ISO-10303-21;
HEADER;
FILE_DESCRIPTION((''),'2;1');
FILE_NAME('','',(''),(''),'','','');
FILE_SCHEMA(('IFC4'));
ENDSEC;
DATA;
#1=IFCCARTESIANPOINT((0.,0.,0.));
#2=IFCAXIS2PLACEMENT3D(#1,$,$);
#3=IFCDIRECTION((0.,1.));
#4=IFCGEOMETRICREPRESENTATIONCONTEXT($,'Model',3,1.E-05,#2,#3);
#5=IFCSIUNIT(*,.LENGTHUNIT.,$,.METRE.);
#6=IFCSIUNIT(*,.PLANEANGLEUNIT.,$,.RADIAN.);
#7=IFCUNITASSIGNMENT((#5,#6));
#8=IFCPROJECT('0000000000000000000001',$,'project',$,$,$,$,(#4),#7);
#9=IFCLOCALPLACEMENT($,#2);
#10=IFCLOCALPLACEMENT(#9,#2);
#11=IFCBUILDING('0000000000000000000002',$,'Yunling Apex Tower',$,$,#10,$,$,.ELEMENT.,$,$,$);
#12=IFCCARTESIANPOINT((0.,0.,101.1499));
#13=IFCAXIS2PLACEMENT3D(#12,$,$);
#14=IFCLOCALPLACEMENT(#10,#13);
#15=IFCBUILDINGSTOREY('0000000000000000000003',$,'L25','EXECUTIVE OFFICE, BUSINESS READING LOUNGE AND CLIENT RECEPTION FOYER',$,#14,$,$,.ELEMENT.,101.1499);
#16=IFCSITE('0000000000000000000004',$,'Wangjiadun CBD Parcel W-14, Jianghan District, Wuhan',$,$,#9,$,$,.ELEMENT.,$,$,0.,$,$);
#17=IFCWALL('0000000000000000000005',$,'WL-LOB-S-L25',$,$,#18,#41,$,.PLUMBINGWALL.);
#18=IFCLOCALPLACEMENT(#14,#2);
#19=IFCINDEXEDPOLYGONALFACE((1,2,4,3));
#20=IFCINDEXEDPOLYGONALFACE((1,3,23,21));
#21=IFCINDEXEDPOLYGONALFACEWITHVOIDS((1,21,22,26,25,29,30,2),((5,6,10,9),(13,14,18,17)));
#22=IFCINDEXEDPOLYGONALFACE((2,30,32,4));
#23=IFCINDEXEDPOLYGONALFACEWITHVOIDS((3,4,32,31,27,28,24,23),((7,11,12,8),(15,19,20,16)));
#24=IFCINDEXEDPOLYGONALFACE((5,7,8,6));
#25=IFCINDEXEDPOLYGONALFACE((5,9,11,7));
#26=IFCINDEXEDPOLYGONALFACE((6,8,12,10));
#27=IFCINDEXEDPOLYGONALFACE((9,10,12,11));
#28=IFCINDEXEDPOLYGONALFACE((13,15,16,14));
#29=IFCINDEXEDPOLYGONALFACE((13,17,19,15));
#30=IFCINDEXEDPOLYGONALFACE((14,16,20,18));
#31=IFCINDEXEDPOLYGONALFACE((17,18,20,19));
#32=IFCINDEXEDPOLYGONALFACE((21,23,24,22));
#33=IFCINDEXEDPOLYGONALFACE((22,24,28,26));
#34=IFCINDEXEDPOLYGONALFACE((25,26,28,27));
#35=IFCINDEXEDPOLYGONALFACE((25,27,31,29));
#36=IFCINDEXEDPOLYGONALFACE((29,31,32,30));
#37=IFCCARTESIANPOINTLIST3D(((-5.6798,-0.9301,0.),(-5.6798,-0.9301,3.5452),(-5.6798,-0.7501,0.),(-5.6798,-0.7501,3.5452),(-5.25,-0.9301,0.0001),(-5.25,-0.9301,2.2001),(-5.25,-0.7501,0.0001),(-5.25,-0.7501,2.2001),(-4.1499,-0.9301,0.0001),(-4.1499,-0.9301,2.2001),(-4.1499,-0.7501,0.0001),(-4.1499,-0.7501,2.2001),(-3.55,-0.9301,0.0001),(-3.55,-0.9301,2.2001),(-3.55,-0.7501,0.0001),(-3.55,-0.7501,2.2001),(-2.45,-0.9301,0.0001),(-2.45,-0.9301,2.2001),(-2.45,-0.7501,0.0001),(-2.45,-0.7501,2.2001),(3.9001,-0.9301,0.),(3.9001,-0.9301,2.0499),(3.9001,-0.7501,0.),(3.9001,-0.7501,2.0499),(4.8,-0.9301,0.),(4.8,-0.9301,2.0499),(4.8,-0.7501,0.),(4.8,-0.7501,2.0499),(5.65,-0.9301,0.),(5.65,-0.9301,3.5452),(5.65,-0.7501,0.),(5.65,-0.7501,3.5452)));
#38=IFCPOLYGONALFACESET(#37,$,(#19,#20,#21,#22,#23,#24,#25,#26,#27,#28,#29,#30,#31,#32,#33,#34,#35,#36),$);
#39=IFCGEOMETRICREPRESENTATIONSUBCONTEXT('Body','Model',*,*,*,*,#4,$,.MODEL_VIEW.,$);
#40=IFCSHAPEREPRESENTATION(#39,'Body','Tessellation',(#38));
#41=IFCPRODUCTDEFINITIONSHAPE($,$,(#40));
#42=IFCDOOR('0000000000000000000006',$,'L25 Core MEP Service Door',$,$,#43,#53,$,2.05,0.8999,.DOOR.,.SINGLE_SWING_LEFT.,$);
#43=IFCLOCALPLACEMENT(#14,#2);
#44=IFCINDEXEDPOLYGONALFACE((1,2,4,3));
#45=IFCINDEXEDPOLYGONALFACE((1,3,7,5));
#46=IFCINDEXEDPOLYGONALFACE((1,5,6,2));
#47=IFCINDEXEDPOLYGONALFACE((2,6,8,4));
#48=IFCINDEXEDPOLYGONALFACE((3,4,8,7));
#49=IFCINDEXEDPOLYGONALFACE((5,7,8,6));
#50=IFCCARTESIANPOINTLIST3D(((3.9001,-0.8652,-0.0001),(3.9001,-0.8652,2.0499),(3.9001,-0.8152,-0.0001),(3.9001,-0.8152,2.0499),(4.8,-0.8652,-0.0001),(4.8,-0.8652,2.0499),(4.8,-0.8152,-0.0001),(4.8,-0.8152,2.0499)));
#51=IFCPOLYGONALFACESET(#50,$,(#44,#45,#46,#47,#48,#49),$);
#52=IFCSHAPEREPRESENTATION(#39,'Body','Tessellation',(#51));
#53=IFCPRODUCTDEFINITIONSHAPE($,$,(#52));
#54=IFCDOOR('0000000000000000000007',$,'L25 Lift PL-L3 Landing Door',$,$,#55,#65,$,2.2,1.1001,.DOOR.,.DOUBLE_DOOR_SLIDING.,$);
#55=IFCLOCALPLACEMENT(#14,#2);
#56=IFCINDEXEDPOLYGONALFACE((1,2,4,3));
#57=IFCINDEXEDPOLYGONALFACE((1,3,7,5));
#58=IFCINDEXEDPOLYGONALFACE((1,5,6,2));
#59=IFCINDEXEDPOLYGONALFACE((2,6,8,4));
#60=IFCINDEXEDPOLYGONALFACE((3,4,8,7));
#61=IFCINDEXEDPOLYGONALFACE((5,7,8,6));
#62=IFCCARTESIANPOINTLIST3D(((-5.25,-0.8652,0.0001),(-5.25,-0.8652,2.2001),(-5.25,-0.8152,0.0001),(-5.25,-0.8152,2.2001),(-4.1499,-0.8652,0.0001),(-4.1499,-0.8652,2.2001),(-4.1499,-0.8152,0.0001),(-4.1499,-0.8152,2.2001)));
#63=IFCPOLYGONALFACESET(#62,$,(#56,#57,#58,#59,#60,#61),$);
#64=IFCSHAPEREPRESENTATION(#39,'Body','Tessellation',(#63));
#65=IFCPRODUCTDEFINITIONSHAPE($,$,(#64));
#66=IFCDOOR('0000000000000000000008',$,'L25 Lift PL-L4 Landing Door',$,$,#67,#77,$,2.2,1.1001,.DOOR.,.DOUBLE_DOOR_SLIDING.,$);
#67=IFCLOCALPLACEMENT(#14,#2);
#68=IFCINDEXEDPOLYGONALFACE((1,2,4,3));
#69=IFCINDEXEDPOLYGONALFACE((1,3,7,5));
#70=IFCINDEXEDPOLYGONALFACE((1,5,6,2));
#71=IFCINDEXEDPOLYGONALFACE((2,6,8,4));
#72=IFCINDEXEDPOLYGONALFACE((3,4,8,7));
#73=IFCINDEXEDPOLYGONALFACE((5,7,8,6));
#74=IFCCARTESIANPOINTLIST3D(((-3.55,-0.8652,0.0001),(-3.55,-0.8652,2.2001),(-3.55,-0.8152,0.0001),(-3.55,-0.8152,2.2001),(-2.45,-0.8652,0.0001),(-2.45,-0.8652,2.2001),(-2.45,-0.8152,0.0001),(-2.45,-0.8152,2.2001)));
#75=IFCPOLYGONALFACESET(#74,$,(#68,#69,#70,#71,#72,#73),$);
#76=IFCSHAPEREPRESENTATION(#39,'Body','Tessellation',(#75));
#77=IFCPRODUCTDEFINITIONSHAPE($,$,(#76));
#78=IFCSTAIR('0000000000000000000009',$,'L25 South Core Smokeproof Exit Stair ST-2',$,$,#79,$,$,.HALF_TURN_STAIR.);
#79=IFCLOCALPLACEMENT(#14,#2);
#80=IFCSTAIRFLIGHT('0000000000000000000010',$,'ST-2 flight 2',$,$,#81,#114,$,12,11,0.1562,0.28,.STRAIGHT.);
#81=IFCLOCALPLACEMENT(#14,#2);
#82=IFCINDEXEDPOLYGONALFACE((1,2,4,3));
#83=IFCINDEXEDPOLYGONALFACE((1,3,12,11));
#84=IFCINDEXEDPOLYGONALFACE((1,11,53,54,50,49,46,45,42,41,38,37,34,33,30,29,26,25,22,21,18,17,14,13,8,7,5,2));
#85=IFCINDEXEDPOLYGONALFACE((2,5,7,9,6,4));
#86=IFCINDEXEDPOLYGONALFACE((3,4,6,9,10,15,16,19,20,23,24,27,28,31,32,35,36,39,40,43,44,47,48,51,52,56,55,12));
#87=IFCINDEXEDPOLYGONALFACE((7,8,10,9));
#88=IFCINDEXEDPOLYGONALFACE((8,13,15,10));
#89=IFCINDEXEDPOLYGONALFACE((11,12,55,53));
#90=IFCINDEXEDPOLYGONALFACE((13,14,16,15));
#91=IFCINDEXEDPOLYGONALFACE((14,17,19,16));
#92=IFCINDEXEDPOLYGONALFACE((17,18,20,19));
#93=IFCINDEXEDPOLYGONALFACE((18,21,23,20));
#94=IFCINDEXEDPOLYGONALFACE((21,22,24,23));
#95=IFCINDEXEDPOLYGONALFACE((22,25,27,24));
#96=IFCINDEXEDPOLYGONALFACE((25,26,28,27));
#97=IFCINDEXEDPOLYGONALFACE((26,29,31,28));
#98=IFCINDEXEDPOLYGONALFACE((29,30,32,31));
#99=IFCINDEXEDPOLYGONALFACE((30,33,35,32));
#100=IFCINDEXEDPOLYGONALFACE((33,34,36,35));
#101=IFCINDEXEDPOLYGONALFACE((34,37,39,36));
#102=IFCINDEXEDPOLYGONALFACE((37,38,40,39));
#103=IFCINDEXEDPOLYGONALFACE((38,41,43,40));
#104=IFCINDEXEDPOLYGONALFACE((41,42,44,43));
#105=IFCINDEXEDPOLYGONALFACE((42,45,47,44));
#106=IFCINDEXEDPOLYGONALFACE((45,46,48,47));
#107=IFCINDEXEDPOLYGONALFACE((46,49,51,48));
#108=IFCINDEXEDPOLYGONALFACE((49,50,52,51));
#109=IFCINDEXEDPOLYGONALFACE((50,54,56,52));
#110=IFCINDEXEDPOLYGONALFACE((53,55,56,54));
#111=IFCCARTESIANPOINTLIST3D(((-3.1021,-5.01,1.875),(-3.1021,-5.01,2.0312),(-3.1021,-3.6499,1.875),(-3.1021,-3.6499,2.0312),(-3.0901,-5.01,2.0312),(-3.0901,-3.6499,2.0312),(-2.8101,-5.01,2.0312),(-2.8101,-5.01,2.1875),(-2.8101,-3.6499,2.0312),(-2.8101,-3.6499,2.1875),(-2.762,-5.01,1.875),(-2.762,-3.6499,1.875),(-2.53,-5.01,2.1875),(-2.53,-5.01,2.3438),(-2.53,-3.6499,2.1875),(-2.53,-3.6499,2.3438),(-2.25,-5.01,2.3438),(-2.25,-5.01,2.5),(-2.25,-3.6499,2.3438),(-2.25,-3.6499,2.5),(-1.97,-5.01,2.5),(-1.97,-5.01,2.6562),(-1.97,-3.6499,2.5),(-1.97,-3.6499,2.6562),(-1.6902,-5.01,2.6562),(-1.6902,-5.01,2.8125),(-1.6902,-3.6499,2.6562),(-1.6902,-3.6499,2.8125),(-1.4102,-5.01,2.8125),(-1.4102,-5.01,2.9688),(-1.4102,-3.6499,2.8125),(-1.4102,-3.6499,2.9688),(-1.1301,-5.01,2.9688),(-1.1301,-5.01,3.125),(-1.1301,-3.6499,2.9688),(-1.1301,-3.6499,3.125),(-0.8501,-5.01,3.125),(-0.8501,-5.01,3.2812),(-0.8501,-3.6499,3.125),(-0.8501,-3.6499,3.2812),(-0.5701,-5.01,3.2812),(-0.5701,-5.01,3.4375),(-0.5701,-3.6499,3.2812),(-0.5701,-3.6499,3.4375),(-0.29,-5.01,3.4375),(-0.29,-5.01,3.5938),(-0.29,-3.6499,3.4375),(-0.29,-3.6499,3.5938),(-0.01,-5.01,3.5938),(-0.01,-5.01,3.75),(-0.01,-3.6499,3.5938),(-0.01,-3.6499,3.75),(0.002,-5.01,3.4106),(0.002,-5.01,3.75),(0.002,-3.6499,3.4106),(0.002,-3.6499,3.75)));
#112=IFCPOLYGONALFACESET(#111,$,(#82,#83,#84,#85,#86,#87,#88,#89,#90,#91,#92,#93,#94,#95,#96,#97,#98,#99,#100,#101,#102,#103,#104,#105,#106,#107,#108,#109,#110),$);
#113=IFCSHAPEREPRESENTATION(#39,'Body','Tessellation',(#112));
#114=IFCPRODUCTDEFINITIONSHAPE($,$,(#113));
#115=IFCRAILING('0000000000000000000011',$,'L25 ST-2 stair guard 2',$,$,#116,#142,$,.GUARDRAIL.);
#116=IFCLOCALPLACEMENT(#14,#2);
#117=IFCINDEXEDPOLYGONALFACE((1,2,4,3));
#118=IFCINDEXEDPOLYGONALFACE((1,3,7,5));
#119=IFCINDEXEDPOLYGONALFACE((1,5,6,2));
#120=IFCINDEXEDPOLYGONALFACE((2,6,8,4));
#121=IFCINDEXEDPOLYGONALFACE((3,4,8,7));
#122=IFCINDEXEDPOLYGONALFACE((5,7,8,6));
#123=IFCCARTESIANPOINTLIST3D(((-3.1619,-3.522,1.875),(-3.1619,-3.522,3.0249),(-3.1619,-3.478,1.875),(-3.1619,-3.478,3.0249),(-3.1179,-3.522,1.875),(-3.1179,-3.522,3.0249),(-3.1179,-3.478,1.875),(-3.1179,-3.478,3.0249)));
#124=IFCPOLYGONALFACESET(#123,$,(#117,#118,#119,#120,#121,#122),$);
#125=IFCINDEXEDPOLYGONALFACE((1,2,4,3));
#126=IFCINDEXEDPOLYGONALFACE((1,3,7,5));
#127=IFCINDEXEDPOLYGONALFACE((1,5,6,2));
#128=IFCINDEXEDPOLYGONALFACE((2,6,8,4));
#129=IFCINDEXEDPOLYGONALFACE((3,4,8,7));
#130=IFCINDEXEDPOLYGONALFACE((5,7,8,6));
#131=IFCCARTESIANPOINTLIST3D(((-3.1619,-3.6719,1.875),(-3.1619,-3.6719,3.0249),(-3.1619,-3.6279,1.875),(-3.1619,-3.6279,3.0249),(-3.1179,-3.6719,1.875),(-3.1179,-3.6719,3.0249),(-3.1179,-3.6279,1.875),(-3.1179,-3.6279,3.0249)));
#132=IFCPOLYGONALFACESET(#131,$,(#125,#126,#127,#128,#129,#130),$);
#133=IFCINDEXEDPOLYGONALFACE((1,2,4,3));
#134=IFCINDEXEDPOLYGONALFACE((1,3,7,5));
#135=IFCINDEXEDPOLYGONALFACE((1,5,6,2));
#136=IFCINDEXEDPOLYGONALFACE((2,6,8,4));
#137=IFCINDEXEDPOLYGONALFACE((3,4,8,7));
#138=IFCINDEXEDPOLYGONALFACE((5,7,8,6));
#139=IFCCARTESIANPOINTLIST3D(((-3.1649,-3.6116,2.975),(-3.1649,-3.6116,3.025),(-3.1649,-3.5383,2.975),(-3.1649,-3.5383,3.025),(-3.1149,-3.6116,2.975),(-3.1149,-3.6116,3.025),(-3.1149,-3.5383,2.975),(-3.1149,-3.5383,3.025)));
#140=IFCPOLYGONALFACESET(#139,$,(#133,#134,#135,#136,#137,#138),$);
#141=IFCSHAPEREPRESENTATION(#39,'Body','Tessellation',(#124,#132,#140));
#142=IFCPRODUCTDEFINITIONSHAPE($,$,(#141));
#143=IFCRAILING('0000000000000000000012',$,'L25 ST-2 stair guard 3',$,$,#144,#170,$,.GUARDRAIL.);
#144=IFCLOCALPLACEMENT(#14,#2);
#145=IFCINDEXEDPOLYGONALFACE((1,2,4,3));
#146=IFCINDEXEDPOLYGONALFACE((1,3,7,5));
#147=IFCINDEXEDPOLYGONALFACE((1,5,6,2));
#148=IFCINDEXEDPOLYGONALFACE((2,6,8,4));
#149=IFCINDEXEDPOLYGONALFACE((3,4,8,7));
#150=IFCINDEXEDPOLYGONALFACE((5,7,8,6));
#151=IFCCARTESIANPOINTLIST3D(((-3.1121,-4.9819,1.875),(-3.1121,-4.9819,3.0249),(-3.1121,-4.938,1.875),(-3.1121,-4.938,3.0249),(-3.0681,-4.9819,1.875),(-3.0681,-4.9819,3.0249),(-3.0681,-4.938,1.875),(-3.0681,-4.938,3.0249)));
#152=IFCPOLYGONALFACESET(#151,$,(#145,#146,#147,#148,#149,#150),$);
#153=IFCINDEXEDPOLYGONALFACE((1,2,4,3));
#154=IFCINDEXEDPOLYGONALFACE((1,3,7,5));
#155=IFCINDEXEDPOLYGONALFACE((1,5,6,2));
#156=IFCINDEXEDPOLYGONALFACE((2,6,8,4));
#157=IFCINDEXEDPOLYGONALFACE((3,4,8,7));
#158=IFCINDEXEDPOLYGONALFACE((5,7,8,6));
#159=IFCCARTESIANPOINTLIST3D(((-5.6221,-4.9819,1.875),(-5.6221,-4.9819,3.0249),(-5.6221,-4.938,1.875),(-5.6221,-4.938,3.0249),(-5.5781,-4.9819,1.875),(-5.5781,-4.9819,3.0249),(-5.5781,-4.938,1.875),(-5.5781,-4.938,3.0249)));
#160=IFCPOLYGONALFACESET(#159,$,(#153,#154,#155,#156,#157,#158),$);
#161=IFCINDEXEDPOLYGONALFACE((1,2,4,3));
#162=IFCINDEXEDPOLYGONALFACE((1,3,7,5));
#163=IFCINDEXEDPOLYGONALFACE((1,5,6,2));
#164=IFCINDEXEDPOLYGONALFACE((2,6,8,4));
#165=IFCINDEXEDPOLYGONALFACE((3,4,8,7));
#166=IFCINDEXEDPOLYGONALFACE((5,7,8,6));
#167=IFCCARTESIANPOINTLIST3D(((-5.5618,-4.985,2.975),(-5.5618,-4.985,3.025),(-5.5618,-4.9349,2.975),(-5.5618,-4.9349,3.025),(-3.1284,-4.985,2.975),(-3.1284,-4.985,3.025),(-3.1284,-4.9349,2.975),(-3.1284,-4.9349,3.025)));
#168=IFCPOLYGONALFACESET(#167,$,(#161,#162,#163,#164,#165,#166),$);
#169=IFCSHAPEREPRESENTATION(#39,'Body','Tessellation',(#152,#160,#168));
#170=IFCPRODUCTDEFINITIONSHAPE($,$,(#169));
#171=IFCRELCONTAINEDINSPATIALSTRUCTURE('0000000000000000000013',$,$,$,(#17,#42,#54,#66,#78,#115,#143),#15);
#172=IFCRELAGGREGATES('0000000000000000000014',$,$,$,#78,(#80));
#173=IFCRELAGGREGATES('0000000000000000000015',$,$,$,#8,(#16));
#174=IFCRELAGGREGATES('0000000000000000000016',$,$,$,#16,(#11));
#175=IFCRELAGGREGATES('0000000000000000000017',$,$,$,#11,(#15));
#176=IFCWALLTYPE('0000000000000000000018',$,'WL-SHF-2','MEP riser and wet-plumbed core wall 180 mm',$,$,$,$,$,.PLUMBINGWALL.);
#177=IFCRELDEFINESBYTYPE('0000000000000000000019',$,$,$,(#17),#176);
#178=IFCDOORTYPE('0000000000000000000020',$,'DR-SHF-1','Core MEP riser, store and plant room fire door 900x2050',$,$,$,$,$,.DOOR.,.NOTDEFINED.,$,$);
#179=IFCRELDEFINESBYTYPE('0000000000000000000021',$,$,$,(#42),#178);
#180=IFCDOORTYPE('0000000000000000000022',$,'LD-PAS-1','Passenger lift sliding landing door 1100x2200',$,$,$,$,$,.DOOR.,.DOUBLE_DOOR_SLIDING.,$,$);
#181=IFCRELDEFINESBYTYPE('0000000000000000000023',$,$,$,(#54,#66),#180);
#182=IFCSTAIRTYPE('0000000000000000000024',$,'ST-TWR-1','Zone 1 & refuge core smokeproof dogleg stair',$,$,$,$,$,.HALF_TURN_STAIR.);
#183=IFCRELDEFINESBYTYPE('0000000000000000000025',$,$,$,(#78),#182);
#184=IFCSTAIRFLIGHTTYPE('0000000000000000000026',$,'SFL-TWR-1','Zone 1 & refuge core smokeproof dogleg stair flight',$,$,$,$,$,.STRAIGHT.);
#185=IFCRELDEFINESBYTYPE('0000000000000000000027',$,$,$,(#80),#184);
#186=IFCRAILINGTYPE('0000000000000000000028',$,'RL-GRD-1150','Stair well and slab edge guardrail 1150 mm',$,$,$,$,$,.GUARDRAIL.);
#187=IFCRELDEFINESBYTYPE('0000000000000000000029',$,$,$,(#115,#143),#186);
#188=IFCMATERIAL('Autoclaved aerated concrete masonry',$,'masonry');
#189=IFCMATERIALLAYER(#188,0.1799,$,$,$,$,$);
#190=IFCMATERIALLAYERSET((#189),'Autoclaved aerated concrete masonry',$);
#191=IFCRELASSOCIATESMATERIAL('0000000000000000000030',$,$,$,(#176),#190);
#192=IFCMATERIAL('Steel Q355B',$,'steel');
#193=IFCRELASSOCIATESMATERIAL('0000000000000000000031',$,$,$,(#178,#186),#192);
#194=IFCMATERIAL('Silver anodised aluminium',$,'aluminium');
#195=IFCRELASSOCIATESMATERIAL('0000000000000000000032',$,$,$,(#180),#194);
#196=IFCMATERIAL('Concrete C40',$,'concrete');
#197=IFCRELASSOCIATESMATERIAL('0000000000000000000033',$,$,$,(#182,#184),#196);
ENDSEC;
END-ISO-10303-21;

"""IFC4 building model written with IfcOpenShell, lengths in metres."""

from ifc_helpers import new_model, si_unit, direction, frame, frame_2d, origin, origin_2d, place, context, subcontext, project, spatial, polyline, rectangle, outline, extrude, material, layer, layer_set, type_object, element, fill, aggregate, save


model = new_model("IFC4")

# Units and contexts
model_context = context("Model", 3, precision=1e-05, world=origin(), true_north=direction((0.0, 1.0)))
body_context = subcontext(model_context, "Body", "Model", "MODEL_VIEW")
ifc_project = project(units=[si_unit("LENGTHUNIT", "METRE"), si_unit("PLANEANGLEUNIT", "RADIAN")], contexts=[model_context])

# Site, building, storey
site_placement = place(None, origin())
site = spatial("IfcSite", under=ifc_project, at=site_placement, Name="Wangjiadun CBD Parcel W-14, Jianghan District, Wuhan", CompositionType="ELEMENT", RefElevation=0.0)
building_placement = place(site_placement, origin())
building = spatial("IfcBuilding", under=site, at=building_placement, Name="Yunling Apex Tower", CompositionType="ELEMENT")
storey_placement = place(building_placement, frame((0.0, 0.0, 101.1499)))
storey = spatial("IfcBuildingStorey", under=building, at=storey_placement, Name="L25", Description="EXECUTIVE OFFICE, BUSINESS READING LOUNGE AND CLIENT RECEPTION FOYER", CompositionType="ELEMENT", Elevation=101.1499)

# Shared definitions
ifc_material_1 = material(Name="Steel Q355B", Category="steel")

# Shared definitions
ifc_material_2 = material(Name="Concrete C40", Category="concrete")

# Shared definitions
ifc_material_3 = material(Name="Autoclaved aerated concrete masonry", Category="masonry")

# Shared definitions
ifc_layer_1 = layer(ifc_material_3, 0.1799)
ifc_layer_set_1 = layer_set([ifc_layer_1], Name="Autoclaved aerated concrete masonry")
wall_type_1 = type_object("IfcWallType", Name="WL-SHF-2", Description="MEP riser and wet-plumbed core wall 180 mm", PredefinedType="PLUMBINGWALL", material=ifc_layer_set_1)

# Wall, openings, doors
wall_1_placement = place(storey_placement, frame((-5.6799, -0.8401, 0.0), z_axis=(0.0, 0.0, 1.0), x_axis=(1.0, 0.0, 0.0)))
wall_1 = element("IfcWall", 1, at=wall_1_placement, inside=storey, type_object=wall_type_1, Name="WL-LOB-S-L25", PredefinedType="PLUMBINGWALL", context=body_context, shape_type="SweptSolid", body=[
    extrude(rectangle(XDim=11.3298, YDim=0.1799, at=frame_2d((5.665, 0.0))), origin(), (0.0, 0.0, 1.0), 3.5452),
])
opening_1_placement = place(wall_1_placement, frame((0.4299, 0.0, 0.0)))
opening_1 = element("IfcOpeningElement", 2, at=opening_1_placement, cuts=wall_1, PredefinedType="OPENING", context=body_context, shape_type="SweptSolid", body=[
    extrude(rectangle(XDim=1.1001, YDim=2.2, at=frame_2d((0.55, 1.1001))), frame((0.0, 0.1001, 0.0), z_axis=(0.0, -1.0, 0.0), x_axis=(1.0, 0.0, 0.0)), (0.0, 0.0, 1.0), 0.2),
])
opening_2_placement = place(wall_1_placement, frame((2.1299, 0.0, 0.0)))
opening_2 = element("IfcOpeningElement", 3, at=opening_2_placement, cuts=wall_1, PredefinedType="OPENING", context=body_context, shape_type="SweptSolid", body=[
    extrude(rectangle(XDim=1.1001, YDim=2.2, at=frame_2d((0.55, 1.1001))), frame((0.0, 0.1001, 0.0), z_axis=(0.0, -1.0, 0.0), x_axis=(1.0, 0.0, 0.0)), (0.0, 0.0, 1.0), 0.2),
])
opening_3_placement = place(wall_1_placement, frame((9.5801, 0.0, 0.0)))
opening_3 = element("IfcOpeningElement", 4, at=opening_3_placement, cuts=wall_1, PredefinedType="OPENING", context=body_context, shape_type="SweptSolid", body=[
    extrude(rectangle(XDim=0.8999, YDim=2.05, at=frame_2d((0.45, 1.0249))), frame((0.0, 0.1001, 0.0), z_axis=(0.0, -1.0, 0.0), x_axis=(1.0, 0.0, 0.0)), (0.0, 0.0, 1.0), 0.2),
])
door_type_1 = type_object("IfcDoorType", Name="DR-SHF-1", Description="Core MEP riser, store and plant room fire door 900x2050", OperationType="NOTDEFINED", PredefinedType="DOOR", material=ifc_material_1)
door_1_placement = place(opening_3_placement, origin())
door_1 = element("IfcDoor", 5, at=door_1_placement, inside=storey, type_object=door_type_1, Name="L25 Core MEP Service Door", OperationType="SINGLE_SWING_LEFT", OverallHeight=2.05, OverallWidth=0.8999, PredefinedType="DOOR", context=body_context, shape_type="SweptSolid", body=[
    extrude(rectangle(XDim=0.8999, YDim=2.05, at=frame_2d((0.45, 1.0249))), frame((0.0, 0.0249, 0.0), z_axis=(0.0, -1.0, 0.0), x_axis=(1.0, 0.0, 0.0)), (0.0, 0.0, 1.0), 0.05),
])
fill(opening_3, door_1)
ifc_material_4 = material(Name="Silver anodised aluminium", Category="aluminium")
door_type_2 = type_object("IfcDoorType", Name="LD-PAS-1", Description="Passenger lift sliding landing door 1100x2200", OperationType="DOUBLE_DOOR_SLIDING", PredefinedType="DOOR", material=ifc_material_4)
door_2_placement = place(opening_1_placement, origin())
door_2 = element("IfcDoor", 6, at=door_2_placement, inside=storey, type_object=door_type_2, Name="L25 Lift PL-L3 Landing Door", OperationType="DOUBLE_DOOR_SLIDING", OverallHeight=2.2, OverallWidth=1.1001, PredefinedType="DOOR", context=body_context, shape_type="SweptSolid", body=[
    extrude(rectangle(XDim=1.1001, YDim=2.2, at=frame_2d((0.55, 1.1001))), frame((0.0, 0.0249, 0.0), z_axis=(0.0, -1.0, 0.0), x_axis=(1.0, 0.0, 0.0)), (0.0, 0.0, 1.0), 0.05),
])
fill(opening_1, door_2)
door_3_placement = place(opening_2_placement, origin())
door_3 = element("IfcDoor", 7, at=door_3_placement, inside=storey, type_object=door_type_2, Name="L25 Lift PL-L4 Landing Door", OperationType="DOUBLE_DOOR_SLIDING", OverallHeight=2.2, OverallWidth=1.1001, PredefinedType="DOOR", context=body_context, shape_type="SweptSolid", body=[
    extrude(rectangle(XDim=1.1001, YDim=2.2, at=frame_2d((0.55, 1.1001))), frame((0.0, 0.0249, 0.0), z_axis=(0.0, -1.0, 0.0), x_axis=(1.0, 0.0, 0.0)), (0.0, 0.0, 1.0), 0.05),
])
fill(opening_2, door_3)

# Stair, stair flight
stair_type = type_object("IfcStairType", Name="ST-TWR-1", Description="Zone 1 & refuge core smokeproof dogleg stair", PredefinedType="HALF_TURN_STAIR", material=ifc_material_2)
stair_placement = place(storey_placement, origin())
stair = element("IfcStair", 8, at=stair_placement, inside=storey, type_object=stair_type, Name="L25 South Core Smokeproof Exit Stair ST-2", PredefinedType="HALF_TURN_STAIR")
stair_flight_type = type_object("IfcStairFlightType", Name="SFL-TWR-1", Description="Zone 1 & refuge core smokeproof dogleg stair flight", PredefinedType="STRAIGHT", material=ifc_material_2)
stair_flight_placement = place(storey_placement, frame((-3.0901, -4.3301, 1.875), z_axis=(0.0, 0.0, 1.0), x_axis=(1.0, 0.0, 0.0)))
stair_flight = element("IfcStairFlight", 9, at=stair_flight_placement, type_object=stair_flight_type, Name="ST-2 flight 2", NumberOfRisers=12, NumberOfTreads=11, PredefinedType="STRAIGHT", RiserHeight=0.1562, TreadLength=0.28, context=body_context, shape_type="SweptSolid", body=[
    extrude(outline(polyline([(-0.012, 0.0), (-0.012, 0.1562), (0.0, 0.1562), (0.28, 0.1562), (0.28, 0.3125), (0.5601, 0.3125), (0.5601, 0.4688), (0.8401, 0.4688), (0.8401, 0.625), (1.1201, 0.625), (1.1201, 0.7812), (1.3999, 0.7812), (1.3999, 0.9375), (1.6799, 0.9375), (1.6799, 1.0938), (1.96, 1.0938), (1.96, 1.25), (2.24, 1.25), (2.24, 1.4062), (2.52, 1.4062), (2.52, 1.5625), (2.8, 1.5625), (2.8, 1.7188), (3.0801, 1.7188), (3.0801, 1.875), (3.092, 1.875), (3.092, 1.5356), (0.3281, 0.0), (-0.012, 0.0)])), frame((0.0, 0.6802, 0.0), z_axis=(0.0, -1.0, 0.0), x_axis=(1.0, 0.0, 0.0)), (0.0, 0.0, 1.0), 1.3601),
])
aggregate(stair, [stair_flight])

# Railings
railing_type_1 = type_object("IfcRailingType", Name="RL-GRD-1150", Description="Stair well and slab edge guardrail 1150 mm", PredefinedType="GUARDRAIL", material=ifc_material_1)
railing_1_placement = place(storey_placement, frame((-3.1399, -3.5, 1.875)))
element("IfcRailing", 10, at=railing_1_placement, inside=storey, type_object=railing_type_1, Name="L25 ST-2 stair guard 2", PredefinedType="GUARDRAIL", context=body_context, shape_type="SweptSolid", body=[
    extrude(rectangle(XDim=0.0439, YDim=0.0439, at=origin_2d()), origin(), (0.0, 0.0, 1.0), 1.1499),
    extrude(rectangle(XDim=0.0439, YDim=0.0439, at=origin_2d()), frame((0.0, -0.1499, 0.0)), (0.0, 0.0, 1.0), 1.1499),
    extrude(rectangle(XDim=0.05, YDim=0.05, at=origin_2d()), frame((0.0, -0.0383, 1.125), z_axis=(0.0, -1.0, 0.0), x_axis=(1.0, 0.0, 0.0)), (0.0, 0.0, 1.0), 0.0732),
])
railing_2_placement = place(storey_placement, frame((-3.0901, -4.96, 1.875)))
element("IfcRailing", 11, at=railing_2_placement, inside=storey, type_object=railing_type_1, Name="L25 ST-2 stair guard 3", PredefinedType="GUARDRAIL", context=body_context, shape_type="SweptSolid", body=[
    extrude(rectangle(XDim=0.0439, YDim=0.0439, at=origin_2d()), origin(), (0.0, 0.0, 1.0), 1.1499),
    extrude(rectangle(XDim=0.0439, YDim=0.0439, at=origin_2d()), frame((-2.51, 0.0, 0.0)), (0.0, 0.0, 1.0), 1.1499),
    extrude(rectangle(XDim=0.05, YDim=0.05, at=origin_2d()), frame((-0.0383, 0.0, 1.125), z_axis=(-1.0, 0.0, 0.0), x_axis=(0.0, -1.0, 0.0)), (0.0, 0.0, 1.0), 2.4333),
])

save(model, "model.ifc")
